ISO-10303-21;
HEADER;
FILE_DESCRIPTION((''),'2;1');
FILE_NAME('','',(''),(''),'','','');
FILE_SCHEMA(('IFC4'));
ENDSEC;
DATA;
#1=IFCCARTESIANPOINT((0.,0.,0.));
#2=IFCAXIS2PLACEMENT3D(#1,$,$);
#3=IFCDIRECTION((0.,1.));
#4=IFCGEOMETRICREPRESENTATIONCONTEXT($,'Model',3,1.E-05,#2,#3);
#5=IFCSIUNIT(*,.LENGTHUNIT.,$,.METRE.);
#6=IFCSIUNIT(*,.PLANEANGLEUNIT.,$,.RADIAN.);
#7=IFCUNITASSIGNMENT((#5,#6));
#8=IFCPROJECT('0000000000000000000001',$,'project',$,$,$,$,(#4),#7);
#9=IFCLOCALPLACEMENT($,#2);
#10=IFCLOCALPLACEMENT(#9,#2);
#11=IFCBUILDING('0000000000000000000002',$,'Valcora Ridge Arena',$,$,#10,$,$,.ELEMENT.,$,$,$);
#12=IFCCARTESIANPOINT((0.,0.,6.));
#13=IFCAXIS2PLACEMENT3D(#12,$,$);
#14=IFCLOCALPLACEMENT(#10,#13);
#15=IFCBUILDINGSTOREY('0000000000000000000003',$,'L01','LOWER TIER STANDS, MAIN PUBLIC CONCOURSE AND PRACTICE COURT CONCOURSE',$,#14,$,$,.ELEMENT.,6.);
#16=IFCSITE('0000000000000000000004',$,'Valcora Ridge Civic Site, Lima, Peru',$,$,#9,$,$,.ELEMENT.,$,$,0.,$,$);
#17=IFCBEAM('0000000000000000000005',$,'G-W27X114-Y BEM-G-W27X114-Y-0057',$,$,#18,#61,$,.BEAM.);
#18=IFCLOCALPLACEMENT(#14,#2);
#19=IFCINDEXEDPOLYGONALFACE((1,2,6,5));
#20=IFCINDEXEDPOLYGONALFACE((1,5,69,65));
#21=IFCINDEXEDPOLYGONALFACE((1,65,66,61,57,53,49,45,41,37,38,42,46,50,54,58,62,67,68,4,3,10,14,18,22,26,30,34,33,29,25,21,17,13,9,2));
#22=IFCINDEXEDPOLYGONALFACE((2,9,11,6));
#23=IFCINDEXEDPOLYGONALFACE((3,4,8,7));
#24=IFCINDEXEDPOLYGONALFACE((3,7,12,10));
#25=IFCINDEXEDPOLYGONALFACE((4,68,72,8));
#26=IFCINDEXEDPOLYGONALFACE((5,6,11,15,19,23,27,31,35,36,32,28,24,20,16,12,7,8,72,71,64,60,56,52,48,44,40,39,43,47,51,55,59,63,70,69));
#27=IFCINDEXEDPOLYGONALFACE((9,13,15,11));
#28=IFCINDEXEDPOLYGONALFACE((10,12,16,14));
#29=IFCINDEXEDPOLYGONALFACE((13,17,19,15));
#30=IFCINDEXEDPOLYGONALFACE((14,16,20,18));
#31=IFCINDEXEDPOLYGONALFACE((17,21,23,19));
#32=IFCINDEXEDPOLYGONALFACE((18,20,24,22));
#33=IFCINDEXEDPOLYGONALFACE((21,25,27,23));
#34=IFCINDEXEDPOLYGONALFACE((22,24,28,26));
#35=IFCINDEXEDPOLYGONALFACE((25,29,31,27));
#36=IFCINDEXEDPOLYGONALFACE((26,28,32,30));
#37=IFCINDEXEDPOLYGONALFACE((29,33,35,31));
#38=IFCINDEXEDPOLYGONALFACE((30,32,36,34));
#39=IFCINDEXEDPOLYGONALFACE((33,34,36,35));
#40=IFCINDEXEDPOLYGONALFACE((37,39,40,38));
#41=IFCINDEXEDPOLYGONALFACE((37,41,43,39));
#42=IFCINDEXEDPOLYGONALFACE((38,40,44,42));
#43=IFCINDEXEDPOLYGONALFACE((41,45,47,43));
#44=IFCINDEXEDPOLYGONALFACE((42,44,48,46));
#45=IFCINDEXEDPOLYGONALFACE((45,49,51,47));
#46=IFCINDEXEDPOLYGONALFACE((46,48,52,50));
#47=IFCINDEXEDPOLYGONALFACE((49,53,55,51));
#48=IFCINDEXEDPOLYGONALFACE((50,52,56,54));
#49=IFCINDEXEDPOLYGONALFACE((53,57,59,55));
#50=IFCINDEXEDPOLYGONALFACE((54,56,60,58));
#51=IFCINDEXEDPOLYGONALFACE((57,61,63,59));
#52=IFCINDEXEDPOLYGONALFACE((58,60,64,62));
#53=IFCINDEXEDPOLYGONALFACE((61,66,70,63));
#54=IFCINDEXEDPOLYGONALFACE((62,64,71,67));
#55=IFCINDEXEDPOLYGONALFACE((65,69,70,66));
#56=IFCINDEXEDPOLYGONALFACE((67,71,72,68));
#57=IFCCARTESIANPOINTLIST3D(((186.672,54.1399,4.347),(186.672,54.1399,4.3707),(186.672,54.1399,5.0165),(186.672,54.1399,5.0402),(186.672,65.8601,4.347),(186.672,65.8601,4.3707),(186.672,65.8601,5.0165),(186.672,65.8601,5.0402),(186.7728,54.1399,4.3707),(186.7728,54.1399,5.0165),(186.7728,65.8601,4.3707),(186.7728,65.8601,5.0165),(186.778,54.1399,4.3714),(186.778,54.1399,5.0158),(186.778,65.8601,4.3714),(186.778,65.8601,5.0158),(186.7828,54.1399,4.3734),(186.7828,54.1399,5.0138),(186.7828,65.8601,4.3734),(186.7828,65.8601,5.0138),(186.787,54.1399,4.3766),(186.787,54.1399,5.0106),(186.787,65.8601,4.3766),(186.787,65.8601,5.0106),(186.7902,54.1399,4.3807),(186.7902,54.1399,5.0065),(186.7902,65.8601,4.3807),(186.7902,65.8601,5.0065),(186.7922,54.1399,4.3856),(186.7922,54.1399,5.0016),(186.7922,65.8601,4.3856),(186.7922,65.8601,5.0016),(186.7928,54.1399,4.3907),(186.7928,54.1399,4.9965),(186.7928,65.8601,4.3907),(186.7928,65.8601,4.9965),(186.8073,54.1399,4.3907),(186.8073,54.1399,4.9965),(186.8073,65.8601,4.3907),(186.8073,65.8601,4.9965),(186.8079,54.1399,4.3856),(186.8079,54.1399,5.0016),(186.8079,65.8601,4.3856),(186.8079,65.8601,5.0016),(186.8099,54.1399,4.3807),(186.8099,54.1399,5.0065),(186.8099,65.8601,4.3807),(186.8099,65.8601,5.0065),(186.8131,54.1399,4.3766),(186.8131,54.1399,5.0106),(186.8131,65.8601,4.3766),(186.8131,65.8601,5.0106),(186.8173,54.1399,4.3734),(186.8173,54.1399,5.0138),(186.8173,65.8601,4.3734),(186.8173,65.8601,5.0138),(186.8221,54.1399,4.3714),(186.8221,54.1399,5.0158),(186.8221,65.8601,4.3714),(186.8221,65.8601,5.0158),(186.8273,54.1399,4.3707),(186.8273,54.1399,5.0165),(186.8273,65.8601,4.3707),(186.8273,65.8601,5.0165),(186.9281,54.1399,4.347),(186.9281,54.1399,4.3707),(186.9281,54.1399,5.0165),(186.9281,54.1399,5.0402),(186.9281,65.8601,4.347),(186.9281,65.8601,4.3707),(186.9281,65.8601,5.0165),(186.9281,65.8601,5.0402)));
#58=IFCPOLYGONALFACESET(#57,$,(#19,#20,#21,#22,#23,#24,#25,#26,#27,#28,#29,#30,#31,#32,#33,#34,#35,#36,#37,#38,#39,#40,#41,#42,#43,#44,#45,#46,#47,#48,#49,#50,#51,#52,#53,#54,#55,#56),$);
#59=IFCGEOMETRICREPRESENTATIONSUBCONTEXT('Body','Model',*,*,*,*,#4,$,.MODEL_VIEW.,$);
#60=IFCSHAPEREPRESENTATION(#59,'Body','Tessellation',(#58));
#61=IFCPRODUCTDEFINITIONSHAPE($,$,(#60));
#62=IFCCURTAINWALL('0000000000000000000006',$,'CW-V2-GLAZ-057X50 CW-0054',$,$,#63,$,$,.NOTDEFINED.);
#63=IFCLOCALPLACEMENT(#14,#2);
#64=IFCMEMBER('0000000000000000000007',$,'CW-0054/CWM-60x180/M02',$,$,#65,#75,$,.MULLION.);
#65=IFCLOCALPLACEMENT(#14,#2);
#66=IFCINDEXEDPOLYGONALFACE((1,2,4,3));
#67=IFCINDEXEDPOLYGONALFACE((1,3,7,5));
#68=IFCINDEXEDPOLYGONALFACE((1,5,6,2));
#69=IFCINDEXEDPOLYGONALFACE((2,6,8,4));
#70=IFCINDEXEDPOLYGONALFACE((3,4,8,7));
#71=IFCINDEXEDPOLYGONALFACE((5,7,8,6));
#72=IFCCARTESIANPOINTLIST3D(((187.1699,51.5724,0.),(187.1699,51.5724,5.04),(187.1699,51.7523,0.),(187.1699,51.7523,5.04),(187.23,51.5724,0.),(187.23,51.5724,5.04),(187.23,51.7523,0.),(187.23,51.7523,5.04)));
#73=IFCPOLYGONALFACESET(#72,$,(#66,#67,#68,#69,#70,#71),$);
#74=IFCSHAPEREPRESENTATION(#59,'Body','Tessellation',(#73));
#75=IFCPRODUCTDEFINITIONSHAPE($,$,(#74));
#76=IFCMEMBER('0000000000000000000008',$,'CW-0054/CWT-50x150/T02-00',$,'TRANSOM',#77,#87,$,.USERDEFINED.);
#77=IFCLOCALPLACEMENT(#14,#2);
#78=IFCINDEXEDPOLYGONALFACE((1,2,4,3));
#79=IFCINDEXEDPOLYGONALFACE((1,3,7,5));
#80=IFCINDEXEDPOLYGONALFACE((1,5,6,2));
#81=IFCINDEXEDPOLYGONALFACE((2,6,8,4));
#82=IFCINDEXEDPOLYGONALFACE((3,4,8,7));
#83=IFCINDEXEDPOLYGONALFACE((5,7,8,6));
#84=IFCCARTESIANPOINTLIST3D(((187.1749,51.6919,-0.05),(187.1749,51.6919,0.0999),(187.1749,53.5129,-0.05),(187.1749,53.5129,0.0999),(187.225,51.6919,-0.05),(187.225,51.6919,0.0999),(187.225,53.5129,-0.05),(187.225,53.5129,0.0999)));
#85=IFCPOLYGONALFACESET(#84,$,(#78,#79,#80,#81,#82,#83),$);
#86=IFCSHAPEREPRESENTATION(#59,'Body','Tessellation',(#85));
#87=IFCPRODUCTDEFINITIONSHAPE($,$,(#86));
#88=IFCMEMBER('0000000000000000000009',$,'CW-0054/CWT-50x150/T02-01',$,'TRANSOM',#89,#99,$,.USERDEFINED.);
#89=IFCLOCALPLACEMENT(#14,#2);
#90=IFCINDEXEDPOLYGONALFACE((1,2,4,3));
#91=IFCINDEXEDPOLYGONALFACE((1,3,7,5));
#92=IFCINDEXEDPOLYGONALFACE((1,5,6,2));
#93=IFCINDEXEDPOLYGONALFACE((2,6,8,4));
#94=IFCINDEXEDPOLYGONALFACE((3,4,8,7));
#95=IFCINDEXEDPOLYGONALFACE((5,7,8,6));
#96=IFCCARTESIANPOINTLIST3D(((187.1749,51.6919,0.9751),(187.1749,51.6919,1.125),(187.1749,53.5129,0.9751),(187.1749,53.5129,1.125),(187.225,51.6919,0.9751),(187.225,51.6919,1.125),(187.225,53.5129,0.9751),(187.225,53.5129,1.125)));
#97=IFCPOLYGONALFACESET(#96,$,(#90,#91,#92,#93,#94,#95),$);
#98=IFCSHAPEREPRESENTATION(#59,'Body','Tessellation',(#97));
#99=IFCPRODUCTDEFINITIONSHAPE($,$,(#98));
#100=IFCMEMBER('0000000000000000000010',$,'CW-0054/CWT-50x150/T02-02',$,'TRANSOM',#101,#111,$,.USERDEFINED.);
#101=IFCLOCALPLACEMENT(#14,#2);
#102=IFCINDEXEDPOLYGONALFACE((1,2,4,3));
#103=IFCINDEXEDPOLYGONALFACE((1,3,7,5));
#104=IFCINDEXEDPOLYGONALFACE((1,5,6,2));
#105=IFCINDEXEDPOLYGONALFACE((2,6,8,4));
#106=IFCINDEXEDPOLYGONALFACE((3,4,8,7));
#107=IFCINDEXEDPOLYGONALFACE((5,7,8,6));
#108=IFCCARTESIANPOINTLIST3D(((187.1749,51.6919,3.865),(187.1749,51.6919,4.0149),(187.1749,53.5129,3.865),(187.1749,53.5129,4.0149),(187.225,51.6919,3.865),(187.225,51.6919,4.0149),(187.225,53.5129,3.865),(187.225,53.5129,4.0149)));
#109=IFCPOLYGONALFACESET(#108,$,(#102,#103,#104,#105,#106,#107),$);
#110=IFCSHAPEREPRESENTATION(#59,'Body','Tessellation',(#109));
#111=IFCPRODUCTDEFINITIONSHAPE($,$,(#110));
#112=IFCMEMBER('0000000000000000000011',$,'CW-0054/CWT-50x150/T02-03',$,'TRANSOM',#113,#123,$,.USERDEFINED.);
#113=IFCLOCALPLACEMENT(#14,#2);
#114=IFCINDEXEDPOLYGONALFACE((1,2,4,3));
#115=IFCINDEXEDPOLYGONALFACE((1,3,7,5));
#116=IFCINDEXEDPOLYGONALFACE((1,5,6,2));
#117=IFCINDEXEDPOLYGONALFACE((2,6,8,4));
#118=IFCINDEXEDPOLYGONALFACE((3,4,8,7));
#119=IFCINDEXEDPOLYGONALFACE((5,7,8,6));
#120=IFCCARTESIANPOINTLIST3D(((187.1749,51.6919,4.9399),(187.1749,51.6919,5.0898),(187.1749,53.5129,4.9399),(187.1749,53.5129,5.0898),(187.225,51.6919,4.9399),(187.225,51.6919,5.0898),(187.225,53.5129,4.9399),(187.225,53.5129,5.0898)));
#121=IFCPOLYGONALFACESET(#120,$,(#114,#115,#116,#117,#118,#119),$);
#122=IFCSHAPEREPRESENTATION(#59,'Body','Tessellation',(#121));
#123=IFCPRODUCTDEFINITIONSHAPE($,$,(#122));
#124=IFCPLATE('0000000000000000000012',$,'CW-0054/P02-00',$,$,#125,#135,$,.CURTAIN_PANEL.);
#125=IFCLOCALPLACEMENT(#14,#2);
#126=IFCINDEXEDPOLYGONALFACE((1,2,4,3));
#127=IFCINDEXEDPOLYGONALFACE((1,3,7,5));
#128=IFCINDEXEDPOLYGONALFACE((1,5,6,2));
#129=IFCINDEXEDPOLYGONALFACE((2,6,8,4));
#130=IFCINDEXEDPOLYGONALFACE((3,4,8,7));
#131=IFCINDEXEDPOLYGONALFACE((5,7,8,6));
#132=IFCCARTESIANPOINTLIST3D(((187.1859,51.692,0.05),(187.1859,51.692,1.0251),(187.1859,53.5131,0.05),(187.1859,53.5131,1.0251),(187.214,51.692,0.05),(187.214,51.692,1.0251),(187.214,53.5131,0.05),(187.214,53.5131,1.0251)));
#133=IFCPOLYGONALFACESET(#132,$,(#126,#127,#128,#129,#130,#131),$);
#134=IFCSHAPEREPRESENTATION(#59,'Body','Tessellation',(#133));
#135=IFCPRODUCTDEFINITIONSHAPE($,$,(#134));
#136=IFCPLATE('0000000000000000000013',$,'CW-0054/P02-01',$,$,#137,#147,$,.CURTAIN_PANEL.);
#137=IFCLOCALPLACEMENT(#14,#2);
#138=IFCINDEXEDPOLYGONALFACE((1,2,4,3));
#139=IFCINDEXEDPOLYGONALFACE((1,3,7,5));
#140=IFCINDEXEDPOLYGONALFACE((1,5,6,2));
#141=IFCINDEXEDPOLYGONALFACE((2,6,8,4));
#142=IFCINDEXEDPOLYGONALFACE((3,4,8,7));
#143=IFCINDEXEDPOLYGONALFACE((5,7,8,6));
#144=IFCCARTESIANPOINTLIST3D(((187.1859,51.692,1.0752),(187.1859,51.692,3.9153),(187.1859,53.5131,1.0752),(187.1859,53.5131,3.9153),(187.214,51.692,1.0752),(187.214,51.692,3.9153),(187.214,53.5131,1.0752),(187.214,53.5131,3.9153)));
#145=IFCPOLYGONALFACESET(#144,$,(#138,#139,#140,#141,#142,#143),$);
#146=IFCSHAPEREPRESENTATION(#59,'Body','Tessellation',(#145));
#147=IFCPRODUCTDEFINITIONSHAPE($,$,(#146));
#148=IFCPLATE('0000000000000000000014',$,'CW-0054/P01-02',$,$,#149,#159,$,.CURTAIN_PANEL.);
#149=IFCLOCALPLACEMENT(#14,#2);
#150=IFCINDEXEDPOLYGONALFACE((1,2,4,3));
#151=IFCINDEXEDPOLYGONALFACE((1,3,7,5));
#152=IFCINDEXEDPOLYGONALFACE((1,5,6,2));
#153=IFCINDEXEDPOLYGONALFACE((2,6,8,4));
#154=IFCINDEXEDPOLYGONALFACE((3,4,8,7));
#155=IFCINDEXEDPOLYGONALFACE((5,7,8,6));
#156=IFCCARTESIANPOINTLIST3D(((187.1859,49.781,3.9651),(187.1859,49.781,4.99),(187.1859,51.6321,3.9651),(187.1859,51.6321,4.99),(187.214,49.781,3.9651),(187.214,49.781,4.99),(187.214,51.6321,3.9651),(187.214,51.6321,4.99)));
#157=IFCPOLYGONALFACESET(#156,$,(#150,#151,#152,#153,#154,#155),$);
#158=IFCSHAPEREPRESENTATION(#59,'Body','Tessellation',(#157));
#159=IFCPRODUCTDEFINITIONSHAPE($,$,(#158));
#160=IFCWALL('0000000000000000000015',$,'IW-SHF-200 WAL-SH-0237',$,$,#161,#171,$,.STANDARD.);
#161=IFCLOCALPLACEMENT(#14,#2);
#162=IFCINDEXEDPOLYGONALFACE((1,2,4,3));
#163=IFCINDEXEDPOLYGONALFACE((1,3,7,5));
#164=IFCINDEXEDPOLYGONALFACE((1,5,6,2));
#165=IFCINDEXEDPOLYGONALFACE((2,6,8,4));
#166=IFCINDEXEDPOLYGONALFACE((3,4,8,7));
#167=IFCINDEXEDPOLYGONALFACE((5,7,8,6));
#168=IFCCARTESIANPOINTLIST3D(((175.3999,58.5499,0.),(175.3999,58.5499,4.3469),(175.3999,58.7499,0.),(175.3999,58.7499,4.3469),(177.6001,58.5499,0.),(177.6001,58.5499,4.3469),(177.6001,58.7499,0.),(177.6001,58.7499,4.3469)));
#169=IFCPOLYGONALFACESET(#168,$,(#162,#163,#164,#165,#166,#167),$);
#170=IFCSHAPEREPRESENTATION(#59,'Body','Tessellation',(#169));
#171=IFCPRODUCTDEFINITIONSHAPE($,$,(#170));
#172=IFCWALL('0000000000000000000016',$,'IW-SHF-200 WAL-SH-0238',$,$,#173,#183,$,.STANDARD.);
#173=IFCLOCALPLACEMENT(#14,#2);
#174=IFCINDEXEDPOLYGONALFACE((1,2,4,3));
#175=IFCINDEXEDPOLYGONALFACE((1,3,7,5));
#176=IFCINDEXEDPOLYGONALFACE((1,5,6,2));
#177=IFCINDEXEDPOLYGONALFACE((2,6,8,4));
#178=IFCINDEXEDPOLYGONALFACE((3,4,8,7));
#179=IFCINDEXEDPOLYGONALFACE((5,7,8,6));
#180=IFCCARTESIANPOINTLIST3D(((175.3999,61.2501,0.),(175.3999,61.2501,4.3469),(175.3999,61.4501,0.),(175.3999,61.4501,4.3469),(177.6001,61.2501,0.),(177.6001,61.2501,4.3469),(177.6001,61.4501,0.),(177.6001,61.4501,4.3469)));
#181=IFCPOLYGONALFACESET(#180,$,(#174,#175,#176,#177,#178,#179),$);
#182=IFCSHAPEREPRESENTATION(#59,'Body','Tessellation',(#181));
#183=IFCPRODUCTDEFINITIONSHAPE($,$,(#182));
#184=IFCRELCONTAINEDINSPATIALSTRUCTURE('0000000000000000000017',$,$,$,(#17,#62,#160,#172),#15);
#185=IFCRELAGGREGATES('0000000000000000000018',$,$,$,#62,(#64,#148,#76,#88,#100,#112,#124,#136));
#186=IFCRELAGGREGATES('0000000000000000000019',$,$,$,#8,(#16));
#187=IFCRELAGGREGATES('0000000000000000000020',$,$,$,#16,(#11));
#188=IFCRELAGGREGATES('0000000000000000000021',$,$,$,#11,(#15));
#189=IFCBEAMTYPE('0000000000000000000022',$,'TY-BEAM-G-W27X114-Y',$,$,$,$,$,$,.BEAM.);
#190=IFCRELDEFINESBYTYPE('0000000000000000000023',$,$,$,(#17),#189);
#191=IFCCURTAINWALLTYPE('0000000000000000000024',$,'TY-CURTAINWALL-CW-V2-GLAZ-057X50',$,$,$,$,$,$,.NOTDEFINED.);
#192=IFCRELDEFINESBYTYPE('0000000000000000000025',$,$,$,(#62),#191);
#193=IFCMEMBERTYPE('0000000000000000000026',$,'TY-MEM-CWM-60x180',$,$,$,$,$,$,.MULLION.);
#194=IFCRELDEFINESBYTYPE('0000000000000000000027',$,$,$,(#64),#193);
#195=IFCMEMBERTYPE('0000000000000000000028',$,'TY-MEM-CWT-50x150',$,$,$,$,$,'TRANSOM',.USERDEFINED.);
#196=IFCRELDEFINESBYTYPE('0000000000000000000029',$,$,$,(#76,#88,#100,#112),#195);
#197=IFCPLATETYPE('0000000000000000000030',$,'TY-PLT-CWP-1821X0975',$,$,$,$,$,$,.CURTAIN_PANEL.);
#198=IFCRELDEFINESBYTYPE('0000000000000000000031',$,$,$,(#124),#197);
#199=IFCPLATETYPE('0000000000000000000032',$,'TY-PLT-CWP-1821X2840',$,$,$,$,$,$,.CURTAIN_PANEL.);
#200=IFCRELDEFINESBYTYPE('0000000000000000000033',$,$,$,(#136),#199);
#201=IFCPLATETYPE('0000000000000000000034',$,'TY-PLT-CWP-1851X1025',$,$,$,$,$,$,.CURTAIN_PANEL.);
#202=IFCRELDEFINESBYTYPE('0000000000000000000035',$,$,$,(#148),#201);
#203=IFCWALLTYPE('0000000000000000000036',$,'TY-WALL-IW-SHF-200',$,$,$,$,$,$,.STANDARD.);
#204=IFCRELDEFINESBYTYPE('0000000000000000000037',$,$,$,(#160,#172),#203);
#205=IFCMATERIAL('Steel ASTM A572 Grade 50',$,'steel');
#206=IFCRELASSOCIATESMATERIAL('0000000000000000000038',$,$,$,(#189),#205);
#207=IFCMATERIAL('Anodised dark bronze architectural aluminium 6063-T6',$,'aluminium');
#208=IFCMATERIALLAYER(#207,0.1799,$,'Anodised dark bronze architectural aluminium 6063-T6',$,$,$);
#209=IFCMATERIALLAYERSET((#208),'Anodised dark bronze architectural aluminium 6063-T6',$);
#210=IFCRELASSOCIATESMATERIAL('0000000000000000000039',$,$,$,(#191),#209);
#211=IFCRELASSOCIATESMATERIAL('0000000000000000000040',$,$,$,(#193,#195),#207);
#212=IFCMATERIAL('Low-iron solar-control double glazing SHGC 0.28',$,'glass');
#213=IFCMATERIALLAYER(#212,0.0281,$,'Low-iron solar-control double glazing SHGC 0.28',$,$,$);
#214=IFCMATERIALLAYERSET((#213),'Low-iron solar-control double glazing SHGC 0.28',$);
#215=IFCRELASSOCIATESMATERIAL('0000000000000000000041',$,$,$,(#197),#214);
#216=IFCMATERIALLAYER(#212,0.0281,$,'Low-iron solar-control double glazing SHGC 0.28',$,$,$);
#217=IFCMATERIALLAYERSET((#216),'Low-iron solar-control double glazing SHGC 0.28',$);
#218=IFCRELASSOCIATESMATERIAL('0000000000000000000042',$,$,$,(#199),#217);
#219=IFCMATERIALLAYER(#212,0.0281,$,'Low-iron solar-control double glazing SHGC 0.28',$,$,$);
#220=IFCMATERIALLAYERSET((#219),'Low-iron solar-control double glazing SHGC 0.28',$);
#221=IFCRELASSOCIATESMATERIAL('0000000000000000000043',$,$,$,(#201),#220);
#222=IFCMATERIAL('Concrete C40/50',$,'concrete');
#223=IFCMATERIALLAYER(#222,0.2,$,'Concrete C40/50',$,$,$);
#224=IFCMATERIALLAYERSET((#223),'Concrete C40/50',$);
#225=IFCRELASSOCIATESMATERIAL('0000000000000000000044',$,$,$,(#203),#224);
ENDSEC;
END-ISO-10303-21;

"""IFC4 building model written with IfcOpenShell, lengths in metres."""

from ifc_helpers import new_model, si_unit, direction, frame, frame_2d, origin, origin_2d, place, context, subcontext, project, spatial, rectangle, i_section, extrude, material, layer, layer_set, material_profile, profile_set, type_object, element, aggregate, save


model = new_model("IFC4")

# Units and contexts
model_context = context("Model", 3, precision=1e-05, world=origin(), true_north=direction((0.0, 1.0)))
body_context = subcontext(model_context, "Body", "Model", "MODEL_VIEW")
ifc_project = project(units=[si_unit("LENGTHUNIT", "METRE"), si_unit("PLANEANGLEUNIT", "RADIAN")], contexts=[model_context])

# Site, building, storey
site_placement = place(None, origin())
site = spatial("IfcSite", under=ifc_project, at=site_placement, Name="Valcora Ridge Civic Site, Lima, Peru", CompositionType="ELEMENT", RefElevation=0.0)
building_placement = place(site_placement, origin())
building = spatial("IfcBuilding", under=site, at=building_placement, Name="Valcora Ridge Arena", CompositionType="ELEMENT")
storey_placement = place(building_placement, frame((0.0, 0.0, 6.0)))
storey = spatial("IfcBuildingStorey", under=building, at=storey_placement, Name="L01", Description="LOWER TIER STANDS, MAIN PUBLIC CONCOURSE AND PRACTICE COURT CONCOURSE", CompositionType="ELEMENT", Elevation=6.0)

# Shared definitions
ifc_material_1 = material(Name="Steel ASTM A572 Grade 50", Category="steel")

# Beam
ifc_material_profile_1 = material_profile(ifc_material_1, i_section(OverallWidth=0.2561, OverallDepth=0.6931, WebThickness=0.0144, FlangeThickness=0.0237, FilletRadius=0.02, at=origin_2d()), Name="W27X114")
ifc_profile_set_1 = profile_set([ifc_material_profile_1], Name="Steel ASTM A572 Grade 50")
beam_type_1 = type_object("IfcBeamType", Name="TY-BEAM-G-W27X114-Y", PredefinedType="BEAM", material=ifc_profile_set_1)
for number, where, z_axis, x_axis, name in (
    (1, (186.8, 54.1399, 4.6936), (0.0, 1.0, 0.0), (-1.0, 0.0, 0.0), "G-W27X114-Y BEM-G-W27X114-Y-0057"),
):
    element("IfcBeam", number, at=place(storey_placement, frame(where, z_axis=z_axis, x_axis=x_axis)), inside=storey, type_object=beam_type_1, Name=name, PredefinedType="BEAM", context=body_context, shape_type="SweptSolid", body=[
        extrude(i_section(OverallWidth=0.2561, OverallDepth=0.6931, WebThickness=0.0144, FlangeThickness=0.0237, FilletRadius=0.02, at=origin_2d()), origin(), (0.0, 0.0, 1.0), 11.7202),
    ])

# Curtain wall, members, plates
ifc_material_2 = material(Name="Anodised dark bronze architectural aluminium 6063-T6", Category="aluminium")
ifc_layer_1 = layer(ifc_material_2, 0.1799, Name="Anodised dark bronze architectural aluminium 6063-T6")
ifc_layer_set_1 = layer_set([ifc_layer_1], Name="Anodised dark bronze architectural aluminium 6063-T6")
curtain_wall_type = type_object("IfcCurtainWallType", Name="TY-CURTAINWALL-CW-V2-GLAZ-057X50", PredefinedType="NOTDEFINED", material=ifc_layer_set_1)
curtain_wall_placement = place(storey_placement, origin())
curtain_wall = element("IfcCurtainWall", 2, at=curtain_wall_placement, inside=storey, type_object=curtain_wall_type, Name="CW-V2-GLAZ-057X50 CW-0054", PredefinedType="NOTDEFINED")
ifc_material_profile_2 = material_profile(ifc_material_2, rectangle(XDim=0.0601, YDim=0.1799, at=origin_2d()), Name="ALU MULLION 60x180")
ifc_profile_set_2 = profile_set([ifc_material_profile_2], Name="Anodised dark bronze architectural aluminium 6063-T6")
member_type_1 = type_object("IfcMemberType", Name="TY-MEM-CWM-60x180", PredefinedType="MULLION", material=ifc_profile_set_2)
member_1_placement = place(storey_placement, frame((187.2, 51.6624, 0.0), z_axis=(0.0, 0.0, 1.0), x_axis=(-1.0, 0.0, 0.0)))
member_1 = element("IfcMember", 3, at=member_1_placement, type_object=member_type_1, Name="CW-0054/CWM-60x180/M02", PredefinedType="MULLION", context=body_context, shape_type="SweptSolid", body=[
    extrude(rectangle(XDim=0.0601, YDim=0.1799, at=origin_2d()), origin(), (0.0, 0.0, 1.0), 5.04),
])
ifc_material_profile_3 = material_profile(ifc_material_2, rectangle(XDim=0.05, YDim=0.1499, at=origin_2d()), Name="ALU TRANSOM 50x150")
ifc_profile_set_3 = profile_set([ifc_material_profile_3], Name="Anodised dark bronze architectural aluminium 6063-T6")
member_type_2 = type_object("IfcMemberType", Name="TY-MEM-CWT-50x150", ElementType="TRANSOM", PredefinedType="USERDEFINED", material=ifc_profile_set_3)
member_2_placement = place(storey_placement, frame((187.2, 51.6919, 0.0249), z_axis=(0.0, 1.0, 0.0), x_axis=(-1.0, 0.0, 0.0)))
member_2 = element("IfcMember", 4, at=member_2_placement, type_object=member_type_2, Name="CW-0054/CWT-50x150/T02-00", ObjectType="TRANSOM", PredefinedType="USERDEFINED", context=body_context, shape_type="SweptSolid", body=[
    extrude(rectangle(XDim=0.05, YDim=0.1499, at=origin_2d()), origin(), (0.0, 0.0, 1.0), 1.821),
])
member_3_placement = place(storey_placement, frame((187.2, 51.6919, 1.05), z_axis=(0.0, 1.0, 0.0), x_axis=(-1.0, 0.0, 0.0)))
member_3 = element("IfcMember", 5, at=member_3_placement, type_object=member_type_2, Name="CW-0054/CWT-50x150/T02-01", ObjectType="TRANSOM", PredefinedType="USERDEFINED", context=body_context, shape_type="SweptSolid", body=[
    extrude(rectangle(XDim=0.05, YDim=0.1499, at=origin_2d()), origin(), (0.0, 0.0, 1.0), 1.821),
])
member_4_placement = place(storey_placement, frame((187.2, 51.6919, 3.9399), z_axis=(0.0, 1.0, 0.0), x_axis=(-1.0, 0.0, 0.0)))
member_4 = element("IfcMember", 6, at=member_4_placement, type_object=member_type_2, Name="CW-0054/CWT-50x150/T02-02", ObjectType="TRANSOM", PredefinedType="USERDEFINED", context=body_context, shape_type="SweptSolid", body=[
    extrude(rectangle(XDim=0.05, YDim=0.1499, at=origin_2d()), origin(), (0.0, 0.0, 1.0), 1.821),
])
member_5_placement = place(storey_placement, frame((187.2, 51.6919, 5.0149), z_axis=(0.0, 1.0, 0.0), x_axis=(-1.0, 0.0, 0.0)))
member_5 = element("IfcMember", 7, at=member_5_placement, type_object=member_type_2, Name="CW-0054/CWT-50x150/T02-03", ObjectType="TRANSOM", PredefinedType="USERDEFINED", context=body_context, shape_type="SweptSolid", body=[
    extrude(rectangle(XDim=0.05, YDim=0.1499, at=origin_2d()), origin(), (0.0, 0.0, 1.0), 1.821),
])
ifc_material_3 = material(Name="Low-iron solar-control double glazing SHGC 0.28", Category="glass")
ifc_layer_2 = layer(ifc_material_3, 0.0281, Name="Low-iron solar-control double glazing SHGC 0.28")
ifc_layer_set_2 = layer_set([ifc_layer_2], Name="Low-iron solar-control double glazing SHGC 0.28")
plate_type_1 = type_object("IfcPlateType", Name="TY-PLT-CWP-1821X0975", PredefinedType="CURTAIN_PANEL", material=ifc_layer_set_2)
plate_1_placement = place(storey_placement, frame((187.2, 52.6025, 0.05), z_axis=(0.0, 0.0, 1.0), x_axis=(0.0, 1.0, 0.0)))
plate_1 = element("IfcPlate", 8, at=plate_1_placement, type_object=plate_type_1, Name="CW-0054/P02-00", PredefinedType="CURTAIN_PANEL", context=body_context, shape_type="SweptSolid", body=[
    extrude(rectangle(XDim=1.821, YDim=0.0281, at=origin_2d()), origin(), (0.0, 0.0, 1.0), 0.9751),
])
ifc_layer_3 = layer(ifc_material_3, 0.0281, Name="Low-iron solar-control double glazing SHGC 0.28")
ifc_layer_set_3 = layer_set([ifc_layer_3], Name="Low-iron solar-control double glazing SHGC 0.28")
plate_type_2 = type_object("IfcPlateType", Name="TY-PLT-CWP-1821X2840", PredefinedType="CURTAIN_PANEL", material=ifc_layer_set_3)
plate_2_placement = place(storey_placement, frame((187.2, 52.6025, 1.0752), z_axis=(0.0, 0.0, 1.0), x_axis=(0.0, 1.0, 0.0)))
plate_2 = element("IfcPlate", 9, at=plate_2_placement, type_object=plate_type_2, Name="CW-0054/P02-01", PredefinedType="CURTAIN_PANEL", context=body_context, shape_type="SweptSolid", body=[
    extrude(rectangle(XDim=1.821, YDim=0.0281, at=origin_2d()), origin(), (0.0, 0.0, 1.0), 2.8401),
])
ifc_layer_4 = layer(ifc_material_3, 0.0281, Name="Low-iron solar-control double glazing SHGC 0.28")
ifc_layer_set_4 = layer_set([ifc_layer_4], Name="Low-iron solar-control double glazing SHGC 0.28")
plate_type_3 = type_object("IfcPlateType", Name="TY-PLT-CWP-1851X1025", PredefinedType="CURTAIN_PANEL", material=ifc_layer_set_4)
plate_3_placement = place(storey_placement, frame((187.2, 50.7065, 3.9651), z_axis=(0.0, 0.0, 1.0), x_axis=(0.0, 1.0, 0.0)))
plate_3 = element("IfcPlate", 10, at=plate_3_placement, type_object=plate_type_3, Name="CW-0054/P01-02", PredefinedType="CURTAIN_PANEL", context=body_context, shape_type="SweptSolid", body=[
    extrude(rectangle(XDim=1.8511, YDim=0.0281, at=origin_2d()), origin(), (0.0, 0.0, 1.0), 1.0249),
])
aggregate(curtain_wall, [member_1, plate_3, member_2, member_3, member_4, member_5, plate_1, plate_2])

# Walls
ifc_material_4 = material(Name="Concrete C40/50", Category="concrete")
ifc_layer_5 = layer(ifc_material_4, 0.2, Name="Concrete C40/50")
ifc_layer_set_5 = layer_set([ifc_layer_5], Name="Concrete C40/50")
wall_type = type_object("IfcWallType", Name="TY-WALL-IW-SHF-200", PredefinedType="STANDARD", material=ifc_layer_set_5)
for number, where, z_axis, x_axis, name in (
    (11, (175.3999, 58.6499, 0.0), (0.0, 0.0, 1.0), (1.0, 0.0, 0.0), "IW-SHF-200 WAL-SH-0237"),
    (12, (175.3999, 61.3501, 0.0), (0.0, 0.0, 1.0), (1.0, 0.0, 0.0), "IW-SHF-200 WAL-SH-0238"),
):
    element("IfcWall", number, at=place(storey_placement, frame(where, z_axis=z_axis, x_axis=x_axis)), inside=storey, type_object=wall_type, Name=name, PredefinedType="STANDARD", context=body_context, shape_type="SweptSolid", body=[
        extrude(rectangle(XDim=2.2002, YDim=0.2, at=frame_2d((1.1001, 0.0))), origin(), (0.0, 0.0, 1.0), 4.3469),
    ])

save(model, "model.ifc")
